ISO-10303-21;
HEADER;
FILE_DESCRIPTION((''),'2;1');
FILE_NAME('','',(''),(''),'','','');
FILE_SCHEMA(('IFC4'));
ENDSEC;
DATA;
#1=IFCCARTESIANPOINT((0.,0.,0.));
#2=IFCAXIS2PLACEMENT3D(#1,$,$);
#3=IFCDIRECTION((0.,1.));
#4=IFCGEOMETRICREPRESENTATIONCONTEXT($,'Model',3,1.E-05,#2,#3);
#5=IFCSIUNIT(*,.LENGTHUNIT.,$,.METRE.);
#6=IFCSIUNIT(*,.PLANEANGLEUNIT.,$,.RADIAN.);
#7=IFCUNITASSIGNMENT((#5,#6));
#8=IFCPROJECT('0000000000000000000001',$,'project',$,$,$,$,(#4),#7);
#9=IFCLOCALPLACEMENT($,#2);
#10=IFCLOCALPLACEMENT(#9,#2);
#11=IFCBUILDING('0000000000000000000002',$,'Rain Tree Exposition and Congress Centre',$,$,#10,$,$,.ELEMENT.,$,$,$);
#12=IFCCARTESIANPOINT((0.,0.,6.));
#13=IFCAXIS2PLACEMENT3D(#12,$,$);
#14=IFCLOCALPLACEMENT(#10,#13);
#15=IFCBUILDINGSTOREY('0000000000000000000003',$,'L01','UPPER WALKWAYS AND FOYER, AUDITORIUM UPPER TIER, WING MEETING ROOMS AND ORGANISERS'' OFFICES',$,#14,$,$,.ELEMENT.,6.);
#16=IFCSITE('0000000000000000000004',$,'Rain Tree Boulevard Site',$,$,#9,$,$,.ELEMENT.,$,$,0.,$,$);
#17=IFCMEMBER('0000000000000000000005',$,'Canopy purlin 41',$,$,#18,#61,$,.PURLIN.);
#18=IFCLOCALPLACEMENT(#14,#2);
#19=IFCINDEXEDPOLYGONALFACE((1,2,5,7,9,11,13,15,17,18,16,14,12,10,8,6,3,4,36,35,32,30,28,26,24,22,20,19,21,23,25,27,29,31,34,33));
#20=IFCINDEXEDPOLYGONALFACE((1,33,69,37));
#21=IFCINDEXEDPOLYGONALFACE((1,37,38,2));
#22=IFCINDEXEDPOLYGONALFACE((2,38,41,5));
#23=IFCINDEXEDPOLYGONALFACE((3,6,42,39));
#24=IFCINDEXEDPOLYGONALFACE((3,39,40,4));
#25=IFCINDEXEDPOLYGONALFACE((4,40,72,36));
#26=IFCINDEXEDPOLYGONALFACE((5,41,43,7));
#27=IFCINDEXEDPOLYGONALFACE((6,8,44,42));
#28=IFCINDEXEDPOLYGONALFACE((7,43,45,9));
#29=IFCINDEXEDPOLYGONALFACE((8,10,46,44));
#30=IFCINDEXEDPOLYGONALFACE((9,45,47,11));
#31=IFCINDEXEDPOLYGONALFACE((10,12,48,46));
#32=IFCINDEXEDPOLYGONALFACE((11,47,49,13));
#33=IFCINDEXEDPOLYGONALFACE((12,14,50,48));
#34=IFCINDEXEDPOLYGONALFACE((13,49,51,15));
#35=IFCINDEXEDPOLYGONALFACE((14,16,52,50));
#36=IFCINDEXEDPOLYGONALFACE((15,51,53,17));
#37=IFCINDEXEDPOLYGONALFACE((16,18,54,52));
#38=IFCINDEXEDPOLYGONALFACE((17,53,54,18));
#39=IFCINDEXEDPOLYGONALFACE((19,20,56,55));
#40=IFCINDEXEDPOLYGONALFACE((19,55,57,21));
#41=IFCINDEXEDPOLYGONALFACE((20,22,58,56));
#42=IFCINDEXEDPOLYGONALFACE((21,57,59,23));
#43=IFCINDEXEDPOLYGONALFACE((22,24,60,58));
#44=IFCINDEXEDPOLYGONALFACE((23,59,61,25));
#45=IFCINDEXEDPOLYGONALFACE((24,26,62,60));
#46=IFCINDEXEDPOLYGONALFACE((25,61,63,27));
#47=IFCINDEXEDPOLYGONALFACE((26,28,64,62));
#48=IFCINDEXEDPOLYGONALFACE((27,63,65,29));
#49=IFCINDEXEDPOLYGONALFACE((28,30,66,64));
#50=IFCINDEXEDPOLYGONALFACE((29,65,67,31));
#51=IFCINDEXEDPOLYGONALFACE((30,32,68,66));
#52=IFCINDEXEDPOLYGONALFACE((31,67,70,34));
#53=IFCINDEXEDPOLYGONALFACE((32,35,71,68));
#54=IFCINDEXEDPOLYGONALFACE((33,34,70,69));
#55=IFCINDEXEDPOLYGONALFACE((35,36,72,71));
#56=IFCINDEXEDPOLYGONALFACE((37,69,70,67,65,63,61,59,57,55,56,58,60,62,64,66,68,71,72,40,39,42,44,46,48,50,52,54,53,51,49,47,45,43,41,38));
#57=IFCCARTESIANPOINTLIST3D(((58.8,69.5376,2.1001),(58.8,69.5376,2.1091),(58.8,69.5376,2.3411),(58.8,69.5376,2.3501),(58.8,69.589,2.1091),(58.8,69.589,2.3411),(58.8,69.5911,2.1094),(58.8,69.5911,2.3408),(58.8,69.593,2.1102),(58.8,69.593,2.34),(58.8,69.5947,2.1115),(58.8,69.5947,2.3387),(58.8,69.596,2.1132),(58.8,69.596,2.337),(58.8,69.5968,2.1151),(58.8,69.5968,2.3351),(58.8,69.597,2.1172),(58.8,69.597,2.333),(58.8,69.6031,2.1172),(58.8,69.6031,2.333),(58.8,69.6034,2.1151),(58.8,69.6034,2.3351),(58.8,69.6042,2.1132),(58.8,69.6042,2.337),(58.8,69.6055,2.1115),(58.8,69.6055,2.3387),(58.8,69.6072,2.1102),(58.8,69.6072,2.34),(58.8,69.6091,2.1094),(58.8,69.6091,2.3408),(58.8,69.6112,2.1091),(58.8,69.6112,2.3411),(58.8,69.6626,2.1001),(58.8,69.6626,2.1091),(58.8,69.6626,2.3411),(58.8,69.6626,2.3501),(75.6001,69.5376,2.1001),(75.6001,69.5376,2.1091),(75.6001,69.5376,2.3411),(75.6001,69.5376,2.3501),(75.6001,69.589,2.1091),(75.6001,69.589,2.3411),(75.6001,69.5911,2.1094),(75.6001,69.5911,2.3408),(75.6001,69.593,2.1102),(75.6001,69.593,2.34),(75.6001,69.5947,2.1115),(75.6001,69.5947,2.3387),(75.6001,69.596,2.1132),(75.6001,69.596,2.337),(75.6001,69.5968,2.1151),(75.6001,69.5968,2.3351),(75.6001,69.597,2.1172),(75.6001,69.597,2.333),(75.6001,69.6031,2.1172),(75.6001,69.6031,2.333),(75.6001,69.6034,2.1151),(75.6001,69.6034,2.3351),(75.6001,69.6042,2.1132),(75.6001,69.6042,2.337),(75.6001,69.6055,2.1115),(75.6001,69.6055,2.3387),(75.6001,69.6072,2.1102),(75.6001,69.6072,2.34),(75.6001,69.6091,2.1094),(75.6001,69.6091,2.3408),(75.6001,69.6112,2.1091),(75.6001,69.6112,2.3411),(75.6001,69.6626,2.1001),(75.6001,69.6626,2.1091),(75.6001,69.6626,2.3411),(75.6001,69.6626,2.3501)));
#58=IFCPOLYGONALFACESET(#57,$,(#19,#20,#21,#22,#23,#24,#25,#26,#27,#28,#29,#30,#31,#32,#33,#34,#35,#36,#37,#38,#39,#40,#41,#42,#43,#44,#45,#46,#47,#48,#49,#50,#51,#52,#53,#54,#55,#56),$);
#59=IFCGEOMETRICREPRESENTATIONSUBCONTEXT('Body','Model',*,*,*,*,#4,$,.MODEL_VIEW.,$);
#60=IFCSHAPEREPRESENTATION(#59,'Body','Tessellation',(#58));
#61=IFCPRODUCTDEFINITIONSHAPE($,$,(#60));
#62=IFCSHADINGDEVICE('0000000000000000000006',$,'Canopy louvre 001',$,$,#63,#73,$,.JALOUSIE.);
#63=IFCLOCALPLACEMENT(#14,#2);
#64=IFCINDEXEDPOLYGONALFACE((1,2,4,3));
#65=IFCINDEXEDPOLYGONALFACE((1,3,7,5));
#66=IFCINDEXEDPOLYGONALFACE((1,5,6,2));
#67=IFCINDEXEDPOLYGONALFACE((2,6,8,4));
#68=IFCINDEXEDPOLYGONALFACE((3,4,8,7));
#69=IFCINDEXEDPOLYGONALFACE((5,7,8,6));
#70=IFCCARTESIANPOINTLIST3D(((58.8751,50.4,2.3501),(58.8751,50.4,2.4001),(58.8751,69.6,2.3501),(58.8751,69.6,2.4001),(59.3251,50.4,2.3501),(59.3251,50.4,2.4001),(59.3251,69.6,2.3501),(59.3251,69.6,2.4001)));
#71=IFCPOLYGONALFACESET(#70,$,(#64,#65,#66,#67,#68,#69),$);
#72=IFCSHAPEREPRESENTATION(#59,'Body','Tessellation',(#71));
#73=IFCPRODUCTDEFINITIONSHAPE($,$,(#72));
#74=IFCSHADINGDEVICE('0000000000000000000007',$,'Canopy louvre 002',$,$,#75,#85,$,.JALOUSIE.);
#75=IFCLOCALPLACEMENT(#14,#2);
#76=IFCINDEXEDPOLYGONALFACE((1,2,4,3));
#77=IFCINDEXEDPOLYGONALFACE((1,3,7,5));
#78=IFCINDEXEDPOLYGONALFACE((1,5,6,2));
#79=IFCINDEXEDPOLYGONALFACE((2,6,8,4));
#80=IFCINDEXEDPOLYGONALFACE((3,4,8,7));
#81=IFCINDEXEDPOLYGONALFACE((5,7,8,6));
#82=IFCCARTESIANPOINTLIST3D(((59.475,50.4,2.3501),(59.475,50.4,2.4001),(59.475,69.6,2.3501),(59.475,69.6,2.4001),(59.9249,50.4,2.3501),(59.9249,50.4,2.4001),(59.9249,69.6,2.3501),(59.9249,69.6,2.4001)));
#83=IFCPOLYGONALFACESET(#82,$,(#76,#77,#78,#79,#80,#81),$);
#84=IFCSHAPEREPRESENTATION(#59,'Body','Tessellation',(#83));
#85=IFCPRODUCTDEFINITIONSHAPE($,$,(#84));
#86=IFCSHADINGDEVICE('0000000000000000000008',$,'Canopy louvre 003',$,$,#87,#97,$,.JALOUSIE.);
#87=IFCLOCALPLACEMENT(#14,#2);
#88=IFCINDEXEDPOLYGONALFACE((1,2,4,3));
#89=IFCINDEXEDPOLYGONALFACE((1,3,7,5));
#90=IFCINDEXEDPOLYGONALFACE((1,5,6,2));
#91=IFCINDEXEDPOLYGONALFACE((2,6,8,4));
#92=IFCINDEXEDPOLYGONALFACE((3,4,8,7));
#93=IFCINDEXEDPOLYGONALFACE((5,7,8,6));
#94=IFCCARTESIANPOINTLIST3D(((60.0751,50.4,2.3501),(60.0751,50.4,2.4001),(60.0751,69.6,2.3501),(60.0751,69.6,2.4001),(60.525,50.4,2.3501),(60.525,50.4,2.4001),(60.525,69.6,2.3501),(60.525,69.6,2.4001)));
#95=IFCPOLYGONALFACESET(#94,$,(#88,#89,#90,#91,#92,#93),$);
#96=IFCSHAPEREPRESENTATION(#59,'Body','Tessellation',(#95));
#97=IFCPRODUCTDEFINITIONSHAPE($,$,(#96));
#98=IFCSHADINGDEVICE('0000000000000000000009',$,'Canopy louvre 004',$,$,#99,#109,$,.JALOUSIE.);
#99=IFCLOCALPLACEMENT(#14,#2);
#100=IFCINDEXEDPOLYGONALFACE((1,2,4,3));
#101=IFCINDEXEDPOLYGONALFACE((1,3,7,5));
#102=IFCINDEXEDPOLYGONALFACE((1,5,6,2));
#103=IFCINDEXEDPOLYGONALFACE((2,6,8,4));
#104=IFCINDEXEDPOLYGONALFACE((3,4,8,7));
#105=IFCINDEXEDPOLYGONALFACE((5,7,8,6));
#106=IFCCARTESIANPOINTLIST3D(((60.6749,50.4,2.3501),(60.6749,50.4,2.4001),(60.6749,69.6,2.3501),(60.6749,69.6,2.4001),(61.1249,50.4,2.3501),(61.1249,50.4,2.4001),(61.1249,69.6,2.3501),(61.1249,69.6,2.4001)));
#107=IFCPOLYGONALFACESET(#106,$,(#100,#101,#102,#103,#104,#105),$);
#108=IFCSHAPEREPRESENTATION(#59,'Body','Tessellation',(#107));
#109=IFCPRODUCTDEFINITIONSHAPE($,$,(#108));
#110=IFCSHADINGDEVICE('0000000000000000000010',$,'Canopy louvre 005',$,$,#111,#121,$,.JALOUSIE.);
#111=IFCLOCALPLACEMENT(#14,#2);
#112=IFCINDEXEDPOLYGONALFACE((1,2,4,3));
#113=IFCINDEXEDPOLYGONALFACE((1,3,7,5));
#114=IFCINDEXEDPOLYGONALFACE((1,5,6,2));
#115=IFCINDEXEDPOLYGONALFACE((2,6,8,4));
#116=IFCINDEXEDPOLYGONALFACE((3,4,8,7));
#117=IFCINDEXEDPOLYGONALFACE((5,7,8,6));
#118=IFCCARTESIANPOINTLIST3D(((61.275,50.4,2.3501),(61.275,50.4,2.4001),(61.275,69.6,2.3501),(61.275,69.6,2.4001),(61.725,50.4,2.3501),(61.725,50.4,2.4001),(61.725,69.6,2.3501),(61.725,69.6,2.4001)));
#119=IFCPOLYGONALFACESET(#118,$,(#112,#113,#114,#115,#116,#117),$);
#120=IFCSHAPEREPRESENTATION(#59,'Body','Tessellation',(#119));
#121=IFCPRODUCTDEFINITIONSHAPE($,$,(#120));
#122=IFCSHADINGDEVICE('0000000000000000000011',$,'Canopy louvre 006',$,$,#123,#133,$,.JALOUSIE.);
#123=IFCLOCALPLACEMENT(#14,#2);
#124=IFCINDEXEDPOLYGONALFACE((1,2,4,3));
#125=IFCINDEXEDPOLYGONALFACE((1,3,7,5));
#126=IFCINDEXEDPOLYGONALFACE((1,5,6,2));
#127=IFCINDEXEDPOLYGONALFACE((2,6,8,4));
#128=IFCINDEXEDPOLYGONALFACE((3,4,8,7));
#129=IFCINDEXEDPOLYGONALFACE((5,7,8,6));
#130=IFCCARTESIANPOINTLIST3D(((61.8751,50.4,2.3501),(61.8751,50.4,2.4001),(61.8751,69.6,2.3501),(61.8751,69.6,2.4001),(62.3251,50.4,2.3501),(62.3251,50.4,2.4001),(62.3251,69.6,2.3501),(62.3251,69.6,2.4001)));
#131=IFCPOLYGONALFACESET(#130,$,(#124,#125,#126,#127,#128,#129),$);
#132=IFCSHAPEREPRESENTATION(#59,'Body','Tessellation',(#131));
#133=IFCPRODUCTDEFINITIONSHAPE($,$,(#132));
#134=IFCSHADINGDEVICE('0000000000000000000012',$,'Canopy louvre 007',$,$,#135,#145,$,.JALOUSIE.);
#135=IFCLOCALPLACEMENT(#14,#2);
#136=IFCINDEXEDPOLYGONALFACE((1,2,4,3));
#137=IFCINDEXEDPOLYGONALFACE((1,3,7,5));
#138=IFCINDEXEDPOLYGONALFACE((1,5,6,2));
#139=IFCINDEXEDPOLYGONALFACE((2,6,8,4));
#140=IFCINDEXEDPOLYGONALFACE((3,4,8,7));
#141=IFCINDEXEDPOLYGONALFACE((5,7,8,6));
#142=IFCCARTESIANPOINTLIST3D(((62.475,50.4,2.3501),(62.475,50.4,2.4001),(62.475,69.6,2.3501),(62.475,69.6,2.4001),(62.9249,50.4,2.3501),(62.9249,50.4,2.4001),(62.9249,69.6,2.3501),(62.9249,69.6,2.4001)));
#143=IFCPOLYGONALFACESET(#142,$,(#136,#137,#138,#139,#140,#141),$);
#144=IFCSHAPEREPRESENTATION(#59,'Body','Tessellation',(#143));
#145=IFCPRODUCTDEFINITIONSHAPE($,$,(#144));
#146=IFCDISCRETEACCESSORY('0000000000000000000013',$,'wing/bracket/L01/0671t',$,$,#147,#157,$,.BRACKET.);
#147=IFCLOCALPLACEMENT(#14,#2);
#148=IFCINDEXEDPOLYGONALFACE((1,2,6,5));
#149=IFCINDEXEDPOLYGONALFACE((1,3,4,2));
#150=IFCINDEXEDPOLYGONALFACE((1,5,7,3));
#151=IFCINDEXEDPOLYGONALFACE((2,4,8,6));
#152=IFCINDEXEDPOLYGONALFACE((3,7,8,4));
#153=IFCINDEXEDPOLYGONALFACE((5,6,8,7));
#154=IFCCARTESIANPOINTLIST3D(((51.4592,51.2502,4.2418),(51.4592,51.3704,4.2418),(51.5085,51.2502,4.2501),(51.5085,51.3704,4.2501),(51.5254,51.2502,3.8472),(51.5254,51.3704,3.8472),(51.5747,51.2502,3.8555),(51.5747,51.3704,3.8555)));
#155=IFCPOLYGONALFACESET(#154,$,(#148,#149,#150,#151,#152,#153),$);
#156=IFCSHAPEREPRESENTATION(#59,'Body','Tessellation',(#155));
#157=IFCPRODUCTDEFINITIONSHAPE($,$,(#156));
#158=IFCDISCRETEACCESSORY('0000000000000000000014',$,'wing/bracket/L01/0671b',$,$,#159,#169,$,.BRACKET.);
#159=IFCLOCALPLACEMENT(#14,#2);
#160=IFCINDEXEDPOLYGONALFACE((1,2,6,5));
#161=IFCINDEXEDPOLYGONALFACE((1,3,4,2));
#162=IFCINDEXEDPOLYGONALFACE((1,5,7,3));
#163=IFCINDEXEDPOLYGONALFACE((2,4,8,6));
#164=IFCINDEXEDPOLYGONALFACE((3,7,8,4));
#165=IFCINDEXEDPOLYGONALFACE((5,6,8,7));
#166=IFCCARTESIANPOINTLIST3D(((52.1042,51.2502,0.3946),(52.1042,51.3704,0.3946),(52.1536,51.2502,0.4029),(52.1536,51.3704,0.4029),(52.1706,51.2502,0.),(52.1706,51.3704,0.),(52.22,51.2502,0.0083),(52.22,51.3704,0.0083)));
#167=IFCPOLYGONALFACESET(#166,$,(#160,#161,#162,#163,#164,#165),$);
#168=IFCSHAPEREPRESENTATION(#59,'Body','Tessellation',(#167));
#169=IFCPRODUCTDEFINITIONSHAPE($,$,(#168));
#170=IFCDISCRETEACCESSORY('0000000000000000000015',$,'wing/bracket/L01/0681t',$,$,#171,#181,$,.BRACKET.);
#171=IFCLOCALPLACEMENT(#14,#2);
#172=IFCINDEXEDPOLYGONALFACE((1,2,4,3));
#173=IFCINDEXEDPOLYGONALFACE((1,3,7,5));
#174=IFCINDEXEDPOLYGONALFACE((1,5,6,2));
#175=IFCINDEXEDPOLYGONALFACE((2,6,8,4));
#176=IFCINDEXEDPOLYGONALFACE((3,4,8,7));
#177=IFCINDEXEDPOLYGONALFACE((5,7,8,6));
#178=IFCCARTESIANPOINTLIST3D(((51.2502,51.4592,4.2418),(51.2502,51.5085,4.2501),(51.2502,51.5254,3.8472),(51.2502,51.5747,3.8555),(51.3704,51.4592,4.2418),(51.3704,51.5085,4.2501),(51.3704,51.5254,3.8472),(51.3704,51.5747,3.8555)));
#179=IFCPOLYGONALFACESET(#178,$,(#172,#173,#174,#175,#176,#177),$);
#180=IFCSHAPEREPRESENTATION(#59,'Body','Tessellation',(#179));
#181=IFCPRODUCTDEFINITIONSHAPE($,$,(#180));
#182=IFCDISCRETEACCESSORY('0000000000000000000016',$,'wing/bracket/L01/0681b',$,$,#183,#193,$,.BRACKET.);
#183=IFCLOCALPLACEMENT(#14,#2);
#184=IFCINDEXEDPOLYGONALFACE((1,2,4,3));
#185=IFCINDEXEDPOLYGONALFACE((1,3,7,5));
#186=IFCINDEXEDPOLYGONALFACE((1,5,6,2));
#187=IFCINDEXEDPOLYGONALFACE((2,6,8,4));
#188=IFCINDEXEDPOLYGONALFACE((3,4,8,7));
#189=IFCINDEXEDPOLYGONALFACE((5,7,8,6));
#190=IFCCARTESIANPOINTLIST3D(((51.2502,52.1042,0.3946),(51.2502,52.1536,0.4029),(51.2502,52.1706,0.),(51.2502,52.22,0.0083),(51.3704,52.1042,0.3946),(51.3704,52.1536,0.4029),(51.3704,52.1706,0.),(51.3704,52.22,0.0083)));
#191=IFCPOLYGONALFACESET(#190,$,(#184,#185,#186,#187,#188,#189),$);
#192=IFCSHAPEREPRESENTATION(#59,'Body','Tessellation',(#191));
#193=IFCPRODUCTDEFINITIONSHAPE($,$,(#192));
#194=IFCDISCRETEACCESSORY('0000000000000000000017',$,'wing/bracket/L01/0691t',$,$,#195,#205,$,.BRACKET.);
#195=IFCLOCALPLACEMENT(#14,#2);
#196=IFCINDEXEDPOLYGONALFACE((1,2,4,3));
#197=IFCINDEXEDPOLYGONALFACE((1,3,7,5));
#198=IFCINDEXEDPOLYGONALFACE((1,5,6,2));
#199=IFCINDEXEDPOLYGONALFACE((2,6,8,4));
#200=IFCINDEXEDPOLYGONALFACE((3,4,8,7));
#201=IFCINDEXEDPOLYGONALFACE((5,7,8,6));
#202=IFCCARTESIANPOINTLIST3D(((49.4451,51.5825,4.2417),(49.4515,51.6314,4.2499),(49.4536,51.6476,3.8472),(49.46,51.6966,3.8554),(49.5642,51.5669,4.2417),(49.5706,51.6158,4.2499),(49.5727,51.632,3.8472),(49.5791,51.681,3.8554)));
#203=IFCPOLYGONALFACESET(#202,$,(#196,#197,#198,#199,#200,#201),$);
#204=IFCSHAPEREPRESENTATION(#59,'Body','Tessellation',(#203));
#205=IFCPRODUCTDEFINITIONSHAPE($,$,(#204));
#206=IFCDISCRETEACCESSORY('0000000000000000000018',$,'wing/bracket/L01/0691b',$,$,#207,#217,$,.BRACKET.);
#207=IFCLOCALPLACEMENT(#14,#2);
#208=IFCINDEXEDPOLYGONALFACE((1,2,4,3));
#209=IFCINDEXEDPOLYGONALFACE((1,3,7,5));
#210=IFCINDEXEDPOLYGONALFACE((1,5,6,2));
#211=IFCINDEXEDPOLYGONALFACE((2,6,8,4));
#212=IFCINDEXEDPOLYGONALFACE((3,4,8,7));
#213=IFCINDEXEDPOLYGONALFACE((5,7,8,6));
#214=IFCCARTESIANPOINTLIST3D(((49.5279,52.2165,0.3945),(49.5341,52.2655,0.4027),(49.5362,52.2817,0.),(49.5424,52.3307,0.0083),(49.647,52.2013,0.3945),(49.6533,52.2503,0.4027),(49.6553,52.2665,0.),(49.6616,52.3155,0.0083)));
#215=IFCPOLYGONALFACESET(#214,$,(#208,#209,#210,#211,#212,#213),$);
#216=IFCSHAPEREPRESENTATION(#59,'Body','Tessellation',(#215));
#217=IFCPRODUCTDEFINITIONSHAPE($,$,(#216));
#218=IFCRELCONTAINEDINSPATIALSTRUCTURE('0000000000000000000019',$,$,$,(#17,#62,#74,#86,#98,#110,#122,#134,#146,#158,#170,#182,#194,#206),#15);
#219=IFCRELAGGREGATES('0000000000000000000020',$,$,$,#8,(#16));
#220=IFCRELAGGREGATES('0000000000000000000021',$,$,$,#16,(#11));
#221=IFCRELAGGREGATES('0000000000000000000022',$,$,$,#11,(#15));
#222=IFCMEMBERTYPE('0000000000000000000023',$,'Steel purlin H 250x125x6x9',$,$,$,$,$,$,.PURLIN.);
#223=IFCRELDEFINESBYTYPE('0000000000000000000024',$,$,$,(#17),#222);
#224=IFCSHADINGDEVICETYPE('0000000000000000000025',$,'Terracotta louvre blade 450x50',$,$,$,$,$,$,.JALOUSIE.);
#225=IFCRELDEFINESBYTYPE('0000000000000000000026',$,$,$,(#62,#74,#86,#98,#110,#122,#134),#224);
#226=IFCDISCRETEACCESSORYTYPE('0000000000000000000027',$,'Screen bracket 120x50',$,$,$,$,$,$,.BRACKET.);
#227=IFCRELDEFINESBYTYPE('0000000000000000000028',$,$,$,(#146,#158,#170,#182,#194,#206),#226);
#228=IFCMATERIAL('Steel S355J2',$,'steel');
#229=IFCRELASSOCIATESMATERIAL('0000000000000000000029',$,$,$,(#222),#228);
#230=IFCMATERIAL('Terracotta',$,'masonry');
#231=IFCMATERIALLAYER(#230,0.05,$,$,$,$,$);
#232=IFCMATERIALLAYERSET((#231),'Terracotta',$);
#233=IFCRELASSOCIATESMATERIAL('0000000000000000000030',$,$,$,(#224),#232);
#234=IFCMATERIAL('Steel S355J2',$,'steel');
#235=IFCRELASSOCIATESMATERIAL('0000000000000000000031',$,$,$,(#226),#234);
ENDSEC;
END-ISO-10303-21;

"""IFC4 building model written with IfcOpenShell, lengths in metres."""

from ifc_helpers import new_model, si_unit, direction, frame, origin, origin_2d, place, context, subcontext, project, spatial, rectangle, i_section, extrude, material, layer, layer_set, material_profile, profile_set, type_object, element, save


model = new_model("IFC4")

# Units and contexts
model_context = context("Model", 3, precision=1e-05, world=origin(), true_north=direction((0.0, 1.0)))
body_context = subcontext(model_context, "Body", "Model", "MODEL_VIEW")
ifc_project = project(units=[si_unit("LENGTHUNIT", "METRE"), si_unit("PLANEANGLEUNIT", "RADIAN")], contexts=[model_context])

# Site, building, storey
site_placement = place(None, origin())
site = spatial("IfcSite", under=ifc_project, at=site_placement, Name="Rain Tree Boulevard Site", CompositionType="ELEMENT", RefElevation=0.0)
building_placement = place(site_placement, origin())
building = spatial("IfcBuilding", under=site, at=building_placement, Name="Rain Tree Exposition and Congress Centre", CompositionType="ELEMENT")
storey_placement = place(building_placement, frame((0.0, 0.0, 6.0)))
storey = spatial("IfcBuildingStorey", under=building, at=storey_placement, Name="L01", Description="UPPER WALKWAYS AND FOYER, AUDITORIUM UPPER TIER, WING MEETING ROOMS AND ORGANISERS' OFFICES", CompositionType="ELEMENT", Elevation=6.0)

# Member
ifc_material_1 = material(Name="Steel S355J2", Category="steel")
ifc_material_profile_1 = material_profile(ifc_material_1, i_section(OverallWidth=0.125, OverallDepth=0.25, WebThickness=0.0061, FlangeThickness=0.009, FilletRadius=0.0081, at=origin_2d()), Name="H 250x125x6x9")
ifc_profile_set_1 = profile_set([ifc_material_profile_1], Name="Steel S355J2")
member_type = type_object("IfcMemberType", Name="Steel purlin H 250x125x6x9", PredefinedType="PURLIN", material=ifc_profile_set_1)
for number, where, z_axis, x_axis, name in (
    (1, (58.8, 69.6001, 2.2251), (1.0, 0.0, 0.0), (0.0, 1.0, 0.0), "Canopy purlin 41"),
):
    element("IfcMember", number, at=place(storey_placement, frame(where, z_axis=z_axis, x_axis=x_axis)), inside=storey, type_object=member_type, Name=name, PredefinedType="PURLIN", context=body_context, shape_type="SweptSolid", body=[
        extrude(i_section(OverallWidth=0.125, OverallDepth=0.25, WebThickness=0.0061, FlangeThickness=0.009, FilletRadius=0.0081, at=origin_2d()), origin(), (0.0, 0.0, 1.0), 16.8),
    ])

# Shading devices
ifc_material_2 = material(Name="Terracotta", Category="masonry")
ifc_layer_1 = layer(ifc_material_2, 0.05)
ifc_layer_set_1 = layer_set([ifc_layer_1], Name="Terracotta")
shading_device_type = type_object("IfcShadingDeviceType", Name="Terracotta louvre blade 450x50", PredefinedType="JALOUSIE", material=ifc_layer_set_1)
for number, where, z_axis, x_axis, name in (
    (2, (59.1001, 60.0, 2.3501), (0.0, 0.0, 1.0), (1.0, 0.0, 0.0), "Canopy louvre 001"),
    (3, (59.7, 60.0, 2.3501), (0.0, 0.0, 1.0), (1.0, 0.0, 0.0), "Canopy louvre 002"),
    (4, (60.3, 60.0, 2.3501), (0.0, 0.0, 1.0), (1.0, 0.0, 0.0), "Canopy louvre 003"),
    (5, (60.8999, 60.0, 2.3501), (0.0, 0.0, 1.0), (1.0, 0.0, 0.0), "Canopy louvre 004"),
    (6, (61.5, 60.0, 2.3501), (0.0, 0.0, 1.0), (1.0, 0.0, 0.0), "Canopy louvre 005"),
    (7, (62.1001, 60.0, 2.3501), (0.0, 0.0, 1.0), (1.0, 0.0, 0.0), "Canopy louvre 006"),
    (8, (62.7, 60.0, 2.3501), (0.0, 0.0, 1.0), (1.0, 0.0, 0.0), "Canopy louvre 007"),
):
    element("IfcShadingDevice", number, at=place(storey_placement, frame(where, z_axis=z_axis, x_axis=x_axis)), inside=storey, type_object=shading_device_type, Name=name, PredefinedType="JALOUSIE", context=body_context, shape_type="SweptSolid", body=[
        extrude(rectangle(XDim=0.45, YDim=19.2, at=origin_2d()), origin(), (0.0, 0.0, 1.0), 0.05),
    ])

# Discrete accessories
ifc_material_3 = material(Name="Steel S355J2", Category="steel")
ifc_material_profile_2 = material_profile(ifc_material_3, rectangle(XDim=0.1201, YDim=0.05, at=origin_2d()), Name="Flat bar 120x50")
ifc_profile_set_2 = profile_set([ifc_material_profile_2], Name="Steel S355J2")
discrete_accessory_type = type_object("IfcDiscreteAccessoryType", Name="Screen bracket 120x50", PredefinedType="BRACKET", material=ifc_profile_set_2)
for number, where, z_axis, x_axis, name in (
    (9, (51.55, 51.3103, 3.8513), (-0.165389, 0.0, 0.986228), (0.0, -1.0, 0.0), "wing/bracket/L01/0671t"),
    (10, (52.1953, 51.3103, 0.0042), (-0.165982, 0.0, 0.986129), (0.0, -1.0, 0.0), "wing/bracket/L01/0671b"),
    (11, (51.3103, 51.55, 3.8513), (0.0, -0.165389, 0.986228), (1.0, 0.0, 0.0), "wing/bracket/L01/0681t"),
    (12, (51.3103, 52.1953, 0.0042), (0.0, -0.165982, 0.986129), (1.0, 0.0, 0.0), "wing/bracket/L01/0681b"),
):
    element("IfcDiscreteAccessory", number, at=place(storey_placement, frame(where, z_axis=z_axis, x_axis=x_axis)), inside=storey, type_object=discrete_accessory_type, Name=name, PredefinedType="BRACKET", context=body_context, shape_type="SweptSolid", body=[
        extrude(rectangle(XDim=0.1201, YDim=0.05, at=origin_2d()), origin(), (0.0, 0.0, 1.0), 0.4001),
    ])
for number, where, z_axis, x_axis, name in (
    (13, (49.5164, 51.6643, 3.8513), (-0.021364, -0.162976, 0.986399), (0.991517, -0.129974, 0.0), "wing/bracket/L01/0691t"),
    (14, (49.5989, 52.2986, 0.0042), (-0.020754, -0.162978, 0.986411), (0.991989, -0.126321, 0.0), "wing/bracket/L01/0691b"),
):
    element("IfcDiscreteAccessory", number, at=place(storey_placement, frame(where, z_axis=z_axis, x_axis=x_axis)), inside=storey, type_object=discrete_accessory_type, Name=name, PredefinedType="BRACKET", context=body_context, shape_type="SweptSolid", body=[
        extrude(rectangle(XDim=0.1201, YDim=0.05, at=origin_2d()), origin(), (0.0, 0.0, 1.0), 0.3999),
    ])

save(model, "model.ifc")
